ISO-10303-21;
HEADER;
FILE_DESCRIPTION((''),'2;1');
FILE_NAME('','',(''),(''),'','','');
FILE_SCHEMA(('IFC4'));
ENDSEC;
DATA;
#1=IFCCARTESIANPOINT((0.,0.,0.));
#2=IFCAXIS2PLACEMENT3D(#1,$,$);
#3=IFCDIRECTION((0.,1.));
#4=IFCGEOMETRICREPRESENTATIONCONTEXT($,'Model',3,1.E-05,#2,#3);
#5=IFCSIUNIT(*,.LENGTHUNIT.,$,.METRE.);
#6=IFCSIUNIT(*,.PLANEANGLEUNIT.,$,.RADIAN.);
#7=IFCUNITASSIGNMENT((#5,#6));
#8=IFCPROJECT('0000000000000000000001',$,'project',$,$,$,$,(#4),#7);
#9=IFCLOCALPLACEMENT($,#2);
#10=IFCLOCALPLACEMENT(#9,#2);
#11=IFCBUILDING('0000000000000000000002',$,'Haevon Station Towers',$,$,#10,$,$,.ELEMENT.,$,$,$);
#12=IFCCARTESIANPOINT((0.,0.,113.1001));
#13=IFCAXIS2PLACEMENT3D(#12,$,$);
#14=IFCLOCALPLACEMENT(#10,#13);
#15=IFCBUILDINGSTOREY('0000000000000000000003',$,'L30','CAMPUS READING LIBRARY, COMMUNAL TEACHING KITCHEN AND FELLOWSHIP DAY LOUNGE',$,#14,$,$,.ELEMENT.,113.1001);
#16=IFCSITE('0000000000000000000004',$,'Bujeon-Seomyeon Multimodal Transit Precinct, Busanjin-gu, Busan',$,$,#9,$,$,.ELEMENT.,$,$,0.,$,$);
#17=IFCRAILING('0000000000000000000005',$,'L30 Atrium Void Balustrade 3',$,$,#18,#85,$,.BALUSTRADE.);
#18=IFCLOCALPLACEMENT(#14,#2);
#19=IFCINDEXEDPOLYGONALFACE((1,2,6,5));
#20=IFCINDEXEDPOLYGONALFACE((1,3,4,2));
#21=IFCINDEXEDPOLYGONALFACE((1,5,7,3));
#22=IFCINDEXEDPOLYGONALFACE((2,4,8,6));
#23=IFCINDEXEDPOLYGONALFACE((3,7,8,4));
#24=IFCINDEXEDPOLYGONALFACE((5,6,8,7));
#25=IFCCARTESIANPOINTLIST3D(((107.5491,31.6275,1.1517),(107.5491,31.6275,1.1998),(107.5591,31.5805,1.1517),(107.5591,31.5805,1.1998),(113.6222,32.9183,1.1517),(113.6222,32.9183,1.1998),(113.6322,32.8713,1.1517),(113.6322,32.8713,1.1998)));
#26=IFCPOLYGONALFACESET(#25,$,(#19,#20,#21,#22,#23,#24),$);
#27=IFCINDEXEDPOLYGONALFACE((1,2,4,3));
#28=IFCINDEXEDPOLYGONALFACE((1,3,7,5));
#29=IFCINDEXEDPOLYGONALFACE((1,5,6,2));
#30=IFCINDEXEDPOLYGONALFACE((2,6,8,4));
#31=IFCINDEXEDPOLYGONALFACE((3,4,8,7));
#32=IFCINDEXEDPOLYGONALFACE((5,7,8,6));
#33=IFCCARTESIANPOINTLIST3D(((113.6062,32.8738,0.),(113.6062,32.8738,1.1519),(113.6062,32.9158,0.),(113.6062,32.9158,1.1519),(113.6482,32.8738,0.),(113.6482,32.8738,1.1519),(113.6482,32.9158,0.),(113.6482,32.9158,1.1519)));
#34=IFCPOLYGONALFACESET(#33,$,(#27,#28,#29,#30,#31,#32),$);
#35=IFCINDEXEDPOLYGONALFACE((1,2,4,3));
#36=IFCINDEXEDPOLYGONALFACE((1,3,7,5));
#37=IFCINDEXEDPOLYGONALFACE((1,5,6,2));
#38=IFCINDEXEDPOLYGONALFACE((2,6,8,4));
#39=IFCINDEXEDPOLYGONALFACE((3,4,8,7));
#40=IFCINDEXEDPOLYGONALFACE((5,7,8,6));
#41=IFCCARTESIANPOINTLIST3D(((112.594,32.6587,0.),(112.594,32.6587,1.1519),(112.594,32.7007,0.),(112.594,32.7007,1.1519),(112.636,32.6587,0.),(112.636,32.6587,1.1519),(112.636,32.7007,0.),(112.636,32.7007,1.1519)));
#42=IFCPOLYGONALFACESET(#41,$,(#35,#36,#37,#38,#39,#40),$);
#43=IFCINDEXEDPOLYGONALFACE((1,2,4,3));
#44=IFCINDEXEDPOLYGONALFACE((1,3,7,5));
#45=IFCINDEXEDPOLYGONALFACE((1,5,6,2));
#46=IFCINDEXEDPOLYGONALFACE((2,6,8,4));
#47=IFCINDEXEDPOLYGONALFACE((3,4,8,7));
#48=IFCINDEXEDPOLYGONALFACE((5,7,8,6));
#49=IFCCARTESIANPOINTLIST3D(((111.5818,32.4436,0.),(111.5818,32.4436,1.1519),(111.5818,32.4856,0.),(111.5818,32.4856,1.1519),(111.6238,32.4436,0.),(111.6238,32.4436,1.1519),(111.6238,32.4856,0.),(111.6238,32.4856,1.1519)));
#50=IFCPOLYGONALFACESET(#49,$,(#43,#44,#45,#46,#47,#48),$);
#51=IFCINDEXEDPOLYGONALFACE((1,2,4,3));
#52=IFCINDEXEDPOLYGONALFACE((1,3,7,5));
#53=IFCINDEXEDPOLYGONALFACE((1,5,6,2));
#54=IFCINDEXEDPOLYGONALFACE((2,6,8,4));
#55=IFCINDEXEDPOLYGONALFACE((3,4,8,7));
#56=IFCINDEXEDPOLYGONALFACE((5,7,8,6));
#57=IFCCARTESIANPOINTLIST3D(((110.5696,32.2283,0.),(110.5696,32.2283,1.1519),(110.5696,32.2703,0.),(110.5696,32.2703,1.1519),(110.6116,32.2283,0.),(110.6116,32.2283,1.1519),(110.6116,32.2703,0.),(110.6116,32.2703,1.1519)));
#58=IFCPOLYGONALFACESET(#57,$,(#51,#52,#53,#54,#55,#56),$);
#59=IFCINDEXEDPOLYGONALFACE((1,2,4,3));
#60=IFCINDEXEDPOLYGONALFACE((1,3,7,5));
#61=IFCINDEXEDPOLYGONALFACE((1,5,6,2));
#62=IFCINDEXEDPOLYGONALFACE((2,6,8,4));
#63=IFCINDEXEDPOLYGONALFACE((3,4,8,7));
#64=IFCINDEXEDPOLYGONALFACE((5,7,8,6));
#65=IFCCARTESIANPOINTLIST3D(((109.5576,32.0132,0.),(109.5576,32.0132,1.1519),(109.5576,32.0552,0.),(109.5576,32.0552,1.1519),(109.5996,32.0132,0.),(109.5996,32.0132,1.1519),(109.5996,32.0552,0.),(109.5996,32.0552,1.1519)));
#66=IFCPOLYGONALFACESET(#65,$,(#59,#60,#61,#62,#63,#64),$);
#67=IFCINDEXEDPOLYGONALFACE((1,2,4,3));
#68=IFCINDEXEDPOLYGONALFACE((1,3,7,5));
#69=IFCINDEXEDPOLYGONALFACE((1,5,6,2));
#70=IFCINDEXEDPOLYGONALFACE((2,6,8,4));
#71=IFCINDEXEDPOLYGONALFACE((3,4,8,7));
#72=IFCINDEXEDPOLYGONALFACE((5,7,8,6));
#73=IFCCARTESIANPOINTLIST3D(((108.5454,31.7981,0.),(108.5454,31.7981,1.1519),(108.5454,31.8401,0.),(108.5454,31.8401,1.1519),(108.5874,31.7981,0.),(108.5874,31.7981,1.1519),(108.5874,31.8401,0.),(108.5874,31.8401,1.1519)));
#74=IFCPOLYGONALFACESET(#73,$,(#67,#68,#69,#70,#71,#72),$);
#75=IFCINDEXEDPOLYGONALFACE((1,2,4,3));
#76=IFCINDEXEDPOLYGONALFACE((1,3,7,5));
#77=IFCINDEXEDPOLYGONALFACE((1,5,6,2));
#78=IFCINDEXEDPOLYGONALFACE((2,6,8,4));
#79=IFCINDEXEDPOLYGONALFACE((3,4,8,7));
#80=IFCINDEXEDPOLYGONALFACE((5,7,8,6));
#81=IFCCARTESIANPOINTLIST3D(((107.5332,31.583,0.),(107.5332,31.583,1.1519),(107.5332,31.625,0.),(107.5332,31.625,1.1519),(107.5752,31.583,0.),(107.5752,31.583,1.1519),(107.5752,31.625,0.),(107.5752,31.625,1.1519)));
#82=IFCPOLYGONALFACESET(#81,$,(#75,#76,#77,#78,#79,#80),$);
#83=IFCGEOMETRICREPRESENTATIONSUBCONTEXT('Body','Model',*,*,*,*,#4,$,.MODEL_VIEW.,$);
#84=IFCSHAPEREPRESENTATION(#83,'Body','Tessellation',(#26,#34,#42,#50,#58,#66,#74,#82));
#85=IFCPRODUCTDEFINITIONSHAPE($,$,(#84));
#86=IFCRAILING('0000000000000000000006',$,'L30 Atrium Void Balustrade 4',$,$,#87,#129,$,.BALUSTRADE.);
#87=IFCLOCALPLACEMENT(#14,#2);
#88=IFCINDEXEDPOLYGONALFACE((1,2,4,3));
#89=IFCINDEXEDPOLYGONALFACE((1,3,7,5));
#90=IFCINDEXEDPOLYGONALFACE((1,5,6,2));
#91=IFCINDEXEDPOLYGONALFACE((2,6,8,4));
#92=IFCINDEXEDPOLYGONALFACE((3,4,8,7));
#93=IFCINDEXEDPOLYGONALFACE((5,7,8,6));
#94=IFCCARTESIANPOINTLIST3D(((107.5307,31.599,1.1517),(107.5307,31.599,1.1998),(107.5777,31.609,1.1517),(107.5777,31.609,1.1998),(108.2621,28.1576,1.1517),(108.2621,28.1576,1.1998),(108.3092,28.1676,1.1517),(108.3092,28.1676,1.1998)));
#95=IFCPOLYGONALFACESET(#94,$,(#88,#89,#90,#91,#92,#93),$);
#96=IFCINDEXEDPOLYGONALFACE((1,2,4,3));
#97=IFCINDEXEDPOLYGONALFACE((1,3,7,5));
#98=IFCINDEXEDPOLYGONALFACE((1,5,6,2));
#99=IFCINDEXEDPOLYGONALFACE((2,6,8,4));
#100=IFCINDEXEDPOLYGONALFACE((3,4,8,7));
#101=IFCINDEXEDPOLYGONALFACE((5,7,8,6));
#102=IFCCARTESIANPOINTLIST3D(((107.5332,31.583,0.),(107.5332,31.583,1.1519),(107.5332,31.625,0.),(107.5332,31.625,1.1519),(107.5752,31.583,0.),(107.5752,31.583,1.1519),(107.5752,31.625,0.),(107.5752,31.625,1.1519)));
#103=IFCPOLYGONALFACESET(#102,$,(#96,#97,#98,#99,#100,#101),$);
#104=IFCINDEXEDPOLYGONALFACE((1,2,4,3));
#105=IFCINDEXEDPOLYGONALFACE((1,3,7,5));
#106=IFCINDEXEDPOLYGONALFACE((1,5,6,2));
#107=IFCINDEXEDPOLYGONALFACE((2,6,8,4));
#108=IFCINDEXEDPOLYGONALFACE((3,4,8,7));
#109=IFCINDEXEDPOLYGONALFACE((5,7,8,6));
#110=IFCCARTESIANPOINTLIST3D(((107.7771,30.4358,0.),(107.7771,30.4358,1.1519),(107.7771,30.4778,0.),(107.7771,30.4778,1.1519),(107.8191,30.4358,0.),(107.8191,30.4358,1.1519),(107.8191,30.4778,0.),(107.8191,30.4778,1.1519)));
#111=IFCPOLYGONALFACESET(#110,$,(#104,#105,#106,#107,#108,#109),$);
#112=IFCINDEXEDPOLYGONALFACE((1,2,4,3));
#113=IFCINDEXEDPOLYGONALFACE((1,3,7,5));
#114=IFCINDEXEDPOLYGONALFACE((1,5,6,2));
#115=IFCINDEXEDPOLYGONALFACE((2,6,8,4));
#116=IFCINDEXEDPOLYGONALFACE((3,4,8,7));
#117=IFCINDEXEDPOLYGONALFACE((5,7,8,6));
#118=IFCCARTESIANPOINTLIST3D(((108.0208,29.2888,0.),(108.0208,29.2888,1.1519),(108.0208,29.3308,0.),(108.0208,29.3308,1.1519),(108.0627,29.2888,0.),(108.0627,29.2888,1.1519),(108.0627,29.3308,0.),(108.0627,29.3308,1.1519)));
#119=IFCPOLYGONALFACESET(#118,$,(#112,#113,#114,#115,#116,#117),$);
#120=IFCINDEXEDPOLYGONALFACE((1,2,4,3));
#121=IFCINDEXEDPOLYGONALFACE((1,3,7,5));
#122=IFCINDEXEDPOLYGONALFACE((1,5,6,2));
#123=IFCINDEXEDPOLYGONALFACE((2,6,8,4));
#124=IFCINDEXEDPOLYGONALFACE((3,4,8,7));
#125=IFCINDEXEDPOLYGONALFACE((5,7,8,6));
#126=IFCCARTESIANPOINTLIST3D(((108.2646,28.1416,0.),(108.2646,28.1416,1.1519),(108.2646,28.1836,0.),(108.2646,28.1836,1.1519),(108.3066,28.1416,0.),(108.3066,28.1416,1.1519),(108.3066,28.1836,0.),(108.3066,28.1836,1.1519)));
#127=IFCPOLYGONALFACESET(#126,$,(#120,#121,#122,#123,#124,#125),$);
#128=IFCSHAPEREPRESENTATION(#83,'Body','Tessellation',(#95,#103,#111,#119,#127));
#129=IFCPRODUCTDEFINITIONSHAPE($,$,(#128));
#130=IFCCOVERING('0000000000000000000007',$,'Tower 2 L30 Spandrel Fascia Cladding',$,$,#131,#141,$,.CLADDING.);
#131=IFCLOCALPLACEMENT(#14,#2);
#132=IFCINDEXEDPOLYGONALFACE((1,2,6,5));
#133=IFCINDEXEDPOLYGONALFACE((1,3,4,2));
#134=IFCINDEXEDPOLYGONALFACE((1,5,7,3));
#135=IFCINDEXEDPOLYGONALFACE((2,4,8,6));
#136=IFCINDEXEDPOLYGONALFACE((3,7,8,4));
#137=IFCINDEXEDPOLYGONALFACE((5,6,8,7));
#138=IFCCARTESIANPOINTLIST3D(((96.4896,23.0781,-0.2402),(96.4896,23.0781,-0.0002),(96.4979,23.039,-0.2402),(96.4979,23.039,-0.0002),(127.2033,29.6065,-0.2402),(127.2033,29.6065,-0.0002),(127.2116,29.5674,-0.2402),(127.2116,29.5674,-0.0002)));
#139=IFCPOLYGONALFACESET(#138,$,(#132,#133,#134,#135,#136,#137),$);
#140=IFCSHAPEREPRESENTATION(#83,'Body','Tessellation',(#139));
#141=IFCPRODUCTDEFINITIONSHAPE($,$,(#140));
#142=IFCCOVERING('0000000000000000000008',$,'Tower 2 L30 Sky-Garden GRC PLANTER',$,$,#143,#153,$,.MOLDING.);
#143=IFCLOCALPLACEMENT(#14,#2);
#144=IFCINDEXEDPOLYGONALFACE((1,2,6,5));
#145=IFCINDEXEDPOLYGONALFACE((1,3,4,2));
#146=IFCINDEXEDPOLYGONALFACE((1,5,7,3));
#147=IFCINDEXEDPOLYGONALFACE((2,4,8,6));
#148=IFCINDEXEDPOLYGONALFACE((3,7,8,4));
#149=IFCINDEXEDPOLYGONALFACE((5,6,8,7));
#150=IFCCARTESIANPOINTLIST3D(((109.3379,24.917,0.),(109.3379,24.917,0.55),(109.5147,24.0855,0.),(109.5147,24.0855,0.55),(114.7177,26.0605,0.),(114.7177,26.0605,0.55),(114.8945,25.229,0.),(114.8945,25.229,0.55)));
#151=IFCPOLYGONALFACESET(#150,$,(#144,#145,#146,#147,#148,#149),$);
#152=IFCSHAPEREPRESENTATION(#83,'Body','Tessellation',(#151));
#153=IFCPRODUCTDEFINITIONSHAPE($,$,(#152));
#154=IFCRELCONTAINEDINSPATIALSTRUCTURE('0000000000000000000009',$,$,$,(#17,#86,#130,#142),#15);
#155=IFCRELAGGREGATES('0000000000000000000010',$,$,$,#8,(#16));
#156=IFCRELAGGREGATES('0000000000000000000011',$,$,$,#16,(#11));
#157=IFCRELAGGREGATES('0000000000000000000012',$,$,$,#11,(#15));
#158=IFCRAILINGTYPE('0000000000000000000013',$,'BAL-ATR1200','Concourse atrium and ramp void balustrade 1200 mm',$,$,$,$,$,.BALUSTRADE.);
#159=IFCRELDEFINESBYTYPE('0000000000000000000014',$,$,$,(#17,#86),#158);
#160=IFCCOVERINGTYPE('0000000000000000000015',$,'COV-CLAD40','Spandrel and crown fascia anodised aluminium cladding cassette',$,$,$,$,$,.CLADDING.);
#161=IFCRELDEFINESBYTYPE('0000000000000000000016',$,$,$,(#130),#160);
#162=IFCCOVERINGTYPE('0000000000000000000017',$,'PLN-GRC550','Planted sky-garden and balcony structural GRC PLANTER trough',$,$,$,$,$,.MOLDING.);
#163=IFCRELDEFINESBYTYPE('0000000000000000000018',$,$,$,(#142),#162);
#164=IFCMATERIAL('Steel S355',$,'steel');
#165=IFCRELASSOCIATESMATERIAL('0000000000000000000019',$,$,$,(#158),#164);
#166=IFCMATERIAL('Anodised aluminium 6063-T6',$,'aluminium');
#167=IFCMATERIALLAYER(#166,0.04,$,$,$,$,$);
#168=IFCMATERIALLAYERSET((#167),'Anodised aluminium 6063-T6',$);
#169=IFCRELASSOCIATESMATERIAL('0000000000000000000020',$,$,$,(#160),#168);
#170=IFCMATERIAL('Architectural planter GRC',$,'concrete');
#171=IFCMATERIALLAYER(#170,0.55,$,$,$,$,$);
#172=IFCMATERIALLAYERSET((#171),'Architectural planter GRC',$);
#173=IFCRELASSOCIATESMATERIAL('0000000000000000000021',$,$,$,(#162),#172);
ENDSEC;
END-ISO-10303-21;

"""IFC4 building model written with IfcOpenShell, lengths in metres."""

from ifc_helpers import new_model, si_unit, direction, frame, origin, origin_2d, place, context, subcontext, project, spatial, rectangle, extrude, material, layer, layer_set, type_object, element, save


model = new_model("IFC4")

# Units and contexts
model_context = context("Model", 3, precision=1e-05, world=origin(), true_north=direction((0.0, 1.0)))
body_context = subcontext(model_context, "Body", "Model", "MODEL_VIEW")
ifc_project = project(units=[si_unit("LENGTHUNIT", "METRE"), si_unit("PLANEANGLEUNIT", "RADIAN")], contexts=[model_context])

# Site, building, storey
site_placement = place(None, origin())
site = spatial("IfcSite", under=ifc_project, at=site_placement, Name="Bujeon-Seomyeon Multimodal Transit Precinct, Busanjin-gu, Busan", CompositionType="ELEMENT", RefElevation=0.0)
building_placement = place(site_placement, origin())
building = spatial("IfcBuilding", under=site, at=building_placement, Name="Haevon Station Towers", CompositionType="ELEMENT")
storey_placement = place(building_placement, frame((0.0, 0.0, 113.1001)))
storey = spatial("IfcBuildingStorey", under=building, at=storey_placement, Name="L30", Description="CAMPUS READING LIBRARY, COMMUNAL TEACHING KITCHEN AND FELLOWSHIP DAY LOUNGE", CompositionType="ELEMENT", Elevation=113.1001)

# Shared definitions
ifc_material_1 = material(Name="Steel S355", Category="steel")

# Railings
railing_type = type_object("IfcRailingType", Name="BAL-ATR1200", Description="Concourse atrium and ramp void balustrade 1200 mm", PredefinedType="BALUSTRADE", material=ifc_material_1)
railing_1_placement = place(storey_placement, frame((113.6272, 32.8948, 0.0)))
element("IfcRailing", 1, at=railing_1_placement, inside=storey, type_object=railing_type, Name="L30 Atrium Void Balustrade 3", PredefinedType="BALUSTRADE", context=body_context, shape_type="SweptSolid", body=[
    extrude(rectangle(XDim=0.0481, YDim=0.0481, at=origin_2d()), frame((0.0, 0.0, 1.1758), z_axis=(-0.97815, -0.207899, 0.0), x_axis=(0.207899, -0.97815, 0.0)), (0.0, 0.0, 1.0), 6.2087),
    extrude(rectangle(XDim=0.042, YDim=0.042, at=origin_2d()), origin(), (0.0, 0.0, 1.0), 1.1519),
    extrude(rectangle(XDim=0.042, YDim=0.042, at=origin_2d()), frame((-1.0122, -0.2151, 0.0)), (0.0, 0.0, 1.0), 1.1519),
    extrude(rectangle(XDim=0.042, YDim=0.042, at=origin_2d()), frame((-2.0244, -0.4302, 0.0)), (0.0, 0.0, 1.0), 1.1519),
    extrude(rectangle(XDim=0.042, YDim=0.042, at=origin_2d()), frame((-3.0366, -0.6455, 0.0)), (0.0, 0.0, 1.0), 1.1519),
    extrude(rectangle(XDim=0.042, YDim=0.042, at=origin_2d()), frame((-4.0486, -0.8606, 0.0)), (0.0, 0.0, 1.0), 1.1519),
    extrude(rectangle(XDim=0.042, YDim=0.042, at=origin_2d()), frame((-5.0608, -1.0757, 0.0)), (0.0, 0.0, 1.0), 1.1519),
    extrude(rectangle(XDim=0.042, YDim=0.042, at=origin_2d()), frame((-6.073, -1.2908, 0.0)), (0.0, 0.0, 1.0), 1.1519),
])
railing_2_placement = place(storey_placement, frame((107.5542, 31.604, 0.0)))
element("IfcRailing", 2, at=railing_2_placement, inside=storey, type_object=railing_type, Name="L30 Atrium Void Balustrade 4", PredefinedType="BALUSTRADE", context=body_context, shape_type="SweptSolid", body=[
    extrude(rectangle(XDim=0.0481, YDim=0.0481, at=origin_2d()), frame((0.0, 0.0, 1.1758), z_axis=(0.207899, -0.97815, 0.0), x_axis=(0.97815, 0.207899, 0.0)), (0.0, 0.0, 1.0), 3.5183),
    extrude(rectangle(XDim=0.042, YDim=0.042, at=origin_2d()), origin(), (0.0, 0.0, 1.0), 1.1519),
    extrude(rectangle(XDim=0.042, YDim=0.042, at=origin_2d()), frame((0.2439, -1.1472, 0.0)), (0.0, 0.0, 1.0), 1.1519),
    extrude(rectangle(XDim=0.042, YDim=0.042, at=origin_2d()), frame((0.4875, -2.2942, 0.0)), (0.0, 0.0, 1.0), 1.1519),
    extrude(rectangle(XDim=0.042, YDim=0.042, at=origin_2d()), frame((0.7314, -3.4414, 0.0)), (0.0, 0.0, 1.0), 1.1519),
])

# Coverings
ifc_material_2 = material(Name="Anodised aluminium 6063-T6", Category="aluminium")
ifc_layer_1 = layer(ifc_material_2, 0.04)
ifc_layer_set_1 = layer_set([ifc_layer_1], Name="Anodised aluminium 6063-T6")
covering_type_1 = type_object("IfcCoveringType", Name="COV-CLAD40", Description="Spandrel and crown fascia anodised aluminium cladding cassette", PredefinedType="CLADDING", material=ifc_layer_set_1)
covering_1_placement = place(storey_placement, frame((111.8506, 26.3228, -0.2402), z_axis=(0.0, 0.0, 1.0), x_axis=(0.978148, 0.207912, 0.0)))
element("IfcCovering", 3, at=covering_1_placement, inside=storey, type_object=covering_type_1, Name="Tower 2 L30 Spandrel Fascia Cladding", PredefinedType="CLADDING", context=body_context, shape_type="SweptSolid", body=[
    extrude(rectangle(XDim=31.3999, YDim=0.04, at=origin_2d()), origin(), (0.0, 0.0, 1.0), 0.24),
])
ifc_material_3 = material(Name="Architectural planter GRC", Category="concrete")
ifc_layer_2 = layer(ifc_material_3, 0.55)
ifc_layer_set_2 = layer_set([ifc_layer_2], Name="Architectural planter GRC")
covering_type_2 = type_object("IfcCoveringType", Name="PLN-GRC550", Description="Planted sky-garden and balcony structural GRC PLANTER trough", PredefinedType="MOLDING", material=ifc_layer_set_2)
covering_2_placement = place(storey_placement, frame((112.1162, 25.073, 0.0), z_axis=(0.0, 0.0, 1.0), x_axis=(0.978148, 0.207912, 0.0)))
element("IfcCovering", 4, at=covering_2_placement, inside=storey, type_object=covering_type_2, Name="Tower 2 L30 Sky-Garden GRC PLANTER", PredefinedType="MOLDING", context=body_context, shape_type="SweptSolid", body=[
    extrude(rectangle(XDim=5.5, YDim=0.8501, at=origin_2d()), origin(), (0.0, 0.0, 1.0), 0.55),
])

save(model, "model.ifc")
